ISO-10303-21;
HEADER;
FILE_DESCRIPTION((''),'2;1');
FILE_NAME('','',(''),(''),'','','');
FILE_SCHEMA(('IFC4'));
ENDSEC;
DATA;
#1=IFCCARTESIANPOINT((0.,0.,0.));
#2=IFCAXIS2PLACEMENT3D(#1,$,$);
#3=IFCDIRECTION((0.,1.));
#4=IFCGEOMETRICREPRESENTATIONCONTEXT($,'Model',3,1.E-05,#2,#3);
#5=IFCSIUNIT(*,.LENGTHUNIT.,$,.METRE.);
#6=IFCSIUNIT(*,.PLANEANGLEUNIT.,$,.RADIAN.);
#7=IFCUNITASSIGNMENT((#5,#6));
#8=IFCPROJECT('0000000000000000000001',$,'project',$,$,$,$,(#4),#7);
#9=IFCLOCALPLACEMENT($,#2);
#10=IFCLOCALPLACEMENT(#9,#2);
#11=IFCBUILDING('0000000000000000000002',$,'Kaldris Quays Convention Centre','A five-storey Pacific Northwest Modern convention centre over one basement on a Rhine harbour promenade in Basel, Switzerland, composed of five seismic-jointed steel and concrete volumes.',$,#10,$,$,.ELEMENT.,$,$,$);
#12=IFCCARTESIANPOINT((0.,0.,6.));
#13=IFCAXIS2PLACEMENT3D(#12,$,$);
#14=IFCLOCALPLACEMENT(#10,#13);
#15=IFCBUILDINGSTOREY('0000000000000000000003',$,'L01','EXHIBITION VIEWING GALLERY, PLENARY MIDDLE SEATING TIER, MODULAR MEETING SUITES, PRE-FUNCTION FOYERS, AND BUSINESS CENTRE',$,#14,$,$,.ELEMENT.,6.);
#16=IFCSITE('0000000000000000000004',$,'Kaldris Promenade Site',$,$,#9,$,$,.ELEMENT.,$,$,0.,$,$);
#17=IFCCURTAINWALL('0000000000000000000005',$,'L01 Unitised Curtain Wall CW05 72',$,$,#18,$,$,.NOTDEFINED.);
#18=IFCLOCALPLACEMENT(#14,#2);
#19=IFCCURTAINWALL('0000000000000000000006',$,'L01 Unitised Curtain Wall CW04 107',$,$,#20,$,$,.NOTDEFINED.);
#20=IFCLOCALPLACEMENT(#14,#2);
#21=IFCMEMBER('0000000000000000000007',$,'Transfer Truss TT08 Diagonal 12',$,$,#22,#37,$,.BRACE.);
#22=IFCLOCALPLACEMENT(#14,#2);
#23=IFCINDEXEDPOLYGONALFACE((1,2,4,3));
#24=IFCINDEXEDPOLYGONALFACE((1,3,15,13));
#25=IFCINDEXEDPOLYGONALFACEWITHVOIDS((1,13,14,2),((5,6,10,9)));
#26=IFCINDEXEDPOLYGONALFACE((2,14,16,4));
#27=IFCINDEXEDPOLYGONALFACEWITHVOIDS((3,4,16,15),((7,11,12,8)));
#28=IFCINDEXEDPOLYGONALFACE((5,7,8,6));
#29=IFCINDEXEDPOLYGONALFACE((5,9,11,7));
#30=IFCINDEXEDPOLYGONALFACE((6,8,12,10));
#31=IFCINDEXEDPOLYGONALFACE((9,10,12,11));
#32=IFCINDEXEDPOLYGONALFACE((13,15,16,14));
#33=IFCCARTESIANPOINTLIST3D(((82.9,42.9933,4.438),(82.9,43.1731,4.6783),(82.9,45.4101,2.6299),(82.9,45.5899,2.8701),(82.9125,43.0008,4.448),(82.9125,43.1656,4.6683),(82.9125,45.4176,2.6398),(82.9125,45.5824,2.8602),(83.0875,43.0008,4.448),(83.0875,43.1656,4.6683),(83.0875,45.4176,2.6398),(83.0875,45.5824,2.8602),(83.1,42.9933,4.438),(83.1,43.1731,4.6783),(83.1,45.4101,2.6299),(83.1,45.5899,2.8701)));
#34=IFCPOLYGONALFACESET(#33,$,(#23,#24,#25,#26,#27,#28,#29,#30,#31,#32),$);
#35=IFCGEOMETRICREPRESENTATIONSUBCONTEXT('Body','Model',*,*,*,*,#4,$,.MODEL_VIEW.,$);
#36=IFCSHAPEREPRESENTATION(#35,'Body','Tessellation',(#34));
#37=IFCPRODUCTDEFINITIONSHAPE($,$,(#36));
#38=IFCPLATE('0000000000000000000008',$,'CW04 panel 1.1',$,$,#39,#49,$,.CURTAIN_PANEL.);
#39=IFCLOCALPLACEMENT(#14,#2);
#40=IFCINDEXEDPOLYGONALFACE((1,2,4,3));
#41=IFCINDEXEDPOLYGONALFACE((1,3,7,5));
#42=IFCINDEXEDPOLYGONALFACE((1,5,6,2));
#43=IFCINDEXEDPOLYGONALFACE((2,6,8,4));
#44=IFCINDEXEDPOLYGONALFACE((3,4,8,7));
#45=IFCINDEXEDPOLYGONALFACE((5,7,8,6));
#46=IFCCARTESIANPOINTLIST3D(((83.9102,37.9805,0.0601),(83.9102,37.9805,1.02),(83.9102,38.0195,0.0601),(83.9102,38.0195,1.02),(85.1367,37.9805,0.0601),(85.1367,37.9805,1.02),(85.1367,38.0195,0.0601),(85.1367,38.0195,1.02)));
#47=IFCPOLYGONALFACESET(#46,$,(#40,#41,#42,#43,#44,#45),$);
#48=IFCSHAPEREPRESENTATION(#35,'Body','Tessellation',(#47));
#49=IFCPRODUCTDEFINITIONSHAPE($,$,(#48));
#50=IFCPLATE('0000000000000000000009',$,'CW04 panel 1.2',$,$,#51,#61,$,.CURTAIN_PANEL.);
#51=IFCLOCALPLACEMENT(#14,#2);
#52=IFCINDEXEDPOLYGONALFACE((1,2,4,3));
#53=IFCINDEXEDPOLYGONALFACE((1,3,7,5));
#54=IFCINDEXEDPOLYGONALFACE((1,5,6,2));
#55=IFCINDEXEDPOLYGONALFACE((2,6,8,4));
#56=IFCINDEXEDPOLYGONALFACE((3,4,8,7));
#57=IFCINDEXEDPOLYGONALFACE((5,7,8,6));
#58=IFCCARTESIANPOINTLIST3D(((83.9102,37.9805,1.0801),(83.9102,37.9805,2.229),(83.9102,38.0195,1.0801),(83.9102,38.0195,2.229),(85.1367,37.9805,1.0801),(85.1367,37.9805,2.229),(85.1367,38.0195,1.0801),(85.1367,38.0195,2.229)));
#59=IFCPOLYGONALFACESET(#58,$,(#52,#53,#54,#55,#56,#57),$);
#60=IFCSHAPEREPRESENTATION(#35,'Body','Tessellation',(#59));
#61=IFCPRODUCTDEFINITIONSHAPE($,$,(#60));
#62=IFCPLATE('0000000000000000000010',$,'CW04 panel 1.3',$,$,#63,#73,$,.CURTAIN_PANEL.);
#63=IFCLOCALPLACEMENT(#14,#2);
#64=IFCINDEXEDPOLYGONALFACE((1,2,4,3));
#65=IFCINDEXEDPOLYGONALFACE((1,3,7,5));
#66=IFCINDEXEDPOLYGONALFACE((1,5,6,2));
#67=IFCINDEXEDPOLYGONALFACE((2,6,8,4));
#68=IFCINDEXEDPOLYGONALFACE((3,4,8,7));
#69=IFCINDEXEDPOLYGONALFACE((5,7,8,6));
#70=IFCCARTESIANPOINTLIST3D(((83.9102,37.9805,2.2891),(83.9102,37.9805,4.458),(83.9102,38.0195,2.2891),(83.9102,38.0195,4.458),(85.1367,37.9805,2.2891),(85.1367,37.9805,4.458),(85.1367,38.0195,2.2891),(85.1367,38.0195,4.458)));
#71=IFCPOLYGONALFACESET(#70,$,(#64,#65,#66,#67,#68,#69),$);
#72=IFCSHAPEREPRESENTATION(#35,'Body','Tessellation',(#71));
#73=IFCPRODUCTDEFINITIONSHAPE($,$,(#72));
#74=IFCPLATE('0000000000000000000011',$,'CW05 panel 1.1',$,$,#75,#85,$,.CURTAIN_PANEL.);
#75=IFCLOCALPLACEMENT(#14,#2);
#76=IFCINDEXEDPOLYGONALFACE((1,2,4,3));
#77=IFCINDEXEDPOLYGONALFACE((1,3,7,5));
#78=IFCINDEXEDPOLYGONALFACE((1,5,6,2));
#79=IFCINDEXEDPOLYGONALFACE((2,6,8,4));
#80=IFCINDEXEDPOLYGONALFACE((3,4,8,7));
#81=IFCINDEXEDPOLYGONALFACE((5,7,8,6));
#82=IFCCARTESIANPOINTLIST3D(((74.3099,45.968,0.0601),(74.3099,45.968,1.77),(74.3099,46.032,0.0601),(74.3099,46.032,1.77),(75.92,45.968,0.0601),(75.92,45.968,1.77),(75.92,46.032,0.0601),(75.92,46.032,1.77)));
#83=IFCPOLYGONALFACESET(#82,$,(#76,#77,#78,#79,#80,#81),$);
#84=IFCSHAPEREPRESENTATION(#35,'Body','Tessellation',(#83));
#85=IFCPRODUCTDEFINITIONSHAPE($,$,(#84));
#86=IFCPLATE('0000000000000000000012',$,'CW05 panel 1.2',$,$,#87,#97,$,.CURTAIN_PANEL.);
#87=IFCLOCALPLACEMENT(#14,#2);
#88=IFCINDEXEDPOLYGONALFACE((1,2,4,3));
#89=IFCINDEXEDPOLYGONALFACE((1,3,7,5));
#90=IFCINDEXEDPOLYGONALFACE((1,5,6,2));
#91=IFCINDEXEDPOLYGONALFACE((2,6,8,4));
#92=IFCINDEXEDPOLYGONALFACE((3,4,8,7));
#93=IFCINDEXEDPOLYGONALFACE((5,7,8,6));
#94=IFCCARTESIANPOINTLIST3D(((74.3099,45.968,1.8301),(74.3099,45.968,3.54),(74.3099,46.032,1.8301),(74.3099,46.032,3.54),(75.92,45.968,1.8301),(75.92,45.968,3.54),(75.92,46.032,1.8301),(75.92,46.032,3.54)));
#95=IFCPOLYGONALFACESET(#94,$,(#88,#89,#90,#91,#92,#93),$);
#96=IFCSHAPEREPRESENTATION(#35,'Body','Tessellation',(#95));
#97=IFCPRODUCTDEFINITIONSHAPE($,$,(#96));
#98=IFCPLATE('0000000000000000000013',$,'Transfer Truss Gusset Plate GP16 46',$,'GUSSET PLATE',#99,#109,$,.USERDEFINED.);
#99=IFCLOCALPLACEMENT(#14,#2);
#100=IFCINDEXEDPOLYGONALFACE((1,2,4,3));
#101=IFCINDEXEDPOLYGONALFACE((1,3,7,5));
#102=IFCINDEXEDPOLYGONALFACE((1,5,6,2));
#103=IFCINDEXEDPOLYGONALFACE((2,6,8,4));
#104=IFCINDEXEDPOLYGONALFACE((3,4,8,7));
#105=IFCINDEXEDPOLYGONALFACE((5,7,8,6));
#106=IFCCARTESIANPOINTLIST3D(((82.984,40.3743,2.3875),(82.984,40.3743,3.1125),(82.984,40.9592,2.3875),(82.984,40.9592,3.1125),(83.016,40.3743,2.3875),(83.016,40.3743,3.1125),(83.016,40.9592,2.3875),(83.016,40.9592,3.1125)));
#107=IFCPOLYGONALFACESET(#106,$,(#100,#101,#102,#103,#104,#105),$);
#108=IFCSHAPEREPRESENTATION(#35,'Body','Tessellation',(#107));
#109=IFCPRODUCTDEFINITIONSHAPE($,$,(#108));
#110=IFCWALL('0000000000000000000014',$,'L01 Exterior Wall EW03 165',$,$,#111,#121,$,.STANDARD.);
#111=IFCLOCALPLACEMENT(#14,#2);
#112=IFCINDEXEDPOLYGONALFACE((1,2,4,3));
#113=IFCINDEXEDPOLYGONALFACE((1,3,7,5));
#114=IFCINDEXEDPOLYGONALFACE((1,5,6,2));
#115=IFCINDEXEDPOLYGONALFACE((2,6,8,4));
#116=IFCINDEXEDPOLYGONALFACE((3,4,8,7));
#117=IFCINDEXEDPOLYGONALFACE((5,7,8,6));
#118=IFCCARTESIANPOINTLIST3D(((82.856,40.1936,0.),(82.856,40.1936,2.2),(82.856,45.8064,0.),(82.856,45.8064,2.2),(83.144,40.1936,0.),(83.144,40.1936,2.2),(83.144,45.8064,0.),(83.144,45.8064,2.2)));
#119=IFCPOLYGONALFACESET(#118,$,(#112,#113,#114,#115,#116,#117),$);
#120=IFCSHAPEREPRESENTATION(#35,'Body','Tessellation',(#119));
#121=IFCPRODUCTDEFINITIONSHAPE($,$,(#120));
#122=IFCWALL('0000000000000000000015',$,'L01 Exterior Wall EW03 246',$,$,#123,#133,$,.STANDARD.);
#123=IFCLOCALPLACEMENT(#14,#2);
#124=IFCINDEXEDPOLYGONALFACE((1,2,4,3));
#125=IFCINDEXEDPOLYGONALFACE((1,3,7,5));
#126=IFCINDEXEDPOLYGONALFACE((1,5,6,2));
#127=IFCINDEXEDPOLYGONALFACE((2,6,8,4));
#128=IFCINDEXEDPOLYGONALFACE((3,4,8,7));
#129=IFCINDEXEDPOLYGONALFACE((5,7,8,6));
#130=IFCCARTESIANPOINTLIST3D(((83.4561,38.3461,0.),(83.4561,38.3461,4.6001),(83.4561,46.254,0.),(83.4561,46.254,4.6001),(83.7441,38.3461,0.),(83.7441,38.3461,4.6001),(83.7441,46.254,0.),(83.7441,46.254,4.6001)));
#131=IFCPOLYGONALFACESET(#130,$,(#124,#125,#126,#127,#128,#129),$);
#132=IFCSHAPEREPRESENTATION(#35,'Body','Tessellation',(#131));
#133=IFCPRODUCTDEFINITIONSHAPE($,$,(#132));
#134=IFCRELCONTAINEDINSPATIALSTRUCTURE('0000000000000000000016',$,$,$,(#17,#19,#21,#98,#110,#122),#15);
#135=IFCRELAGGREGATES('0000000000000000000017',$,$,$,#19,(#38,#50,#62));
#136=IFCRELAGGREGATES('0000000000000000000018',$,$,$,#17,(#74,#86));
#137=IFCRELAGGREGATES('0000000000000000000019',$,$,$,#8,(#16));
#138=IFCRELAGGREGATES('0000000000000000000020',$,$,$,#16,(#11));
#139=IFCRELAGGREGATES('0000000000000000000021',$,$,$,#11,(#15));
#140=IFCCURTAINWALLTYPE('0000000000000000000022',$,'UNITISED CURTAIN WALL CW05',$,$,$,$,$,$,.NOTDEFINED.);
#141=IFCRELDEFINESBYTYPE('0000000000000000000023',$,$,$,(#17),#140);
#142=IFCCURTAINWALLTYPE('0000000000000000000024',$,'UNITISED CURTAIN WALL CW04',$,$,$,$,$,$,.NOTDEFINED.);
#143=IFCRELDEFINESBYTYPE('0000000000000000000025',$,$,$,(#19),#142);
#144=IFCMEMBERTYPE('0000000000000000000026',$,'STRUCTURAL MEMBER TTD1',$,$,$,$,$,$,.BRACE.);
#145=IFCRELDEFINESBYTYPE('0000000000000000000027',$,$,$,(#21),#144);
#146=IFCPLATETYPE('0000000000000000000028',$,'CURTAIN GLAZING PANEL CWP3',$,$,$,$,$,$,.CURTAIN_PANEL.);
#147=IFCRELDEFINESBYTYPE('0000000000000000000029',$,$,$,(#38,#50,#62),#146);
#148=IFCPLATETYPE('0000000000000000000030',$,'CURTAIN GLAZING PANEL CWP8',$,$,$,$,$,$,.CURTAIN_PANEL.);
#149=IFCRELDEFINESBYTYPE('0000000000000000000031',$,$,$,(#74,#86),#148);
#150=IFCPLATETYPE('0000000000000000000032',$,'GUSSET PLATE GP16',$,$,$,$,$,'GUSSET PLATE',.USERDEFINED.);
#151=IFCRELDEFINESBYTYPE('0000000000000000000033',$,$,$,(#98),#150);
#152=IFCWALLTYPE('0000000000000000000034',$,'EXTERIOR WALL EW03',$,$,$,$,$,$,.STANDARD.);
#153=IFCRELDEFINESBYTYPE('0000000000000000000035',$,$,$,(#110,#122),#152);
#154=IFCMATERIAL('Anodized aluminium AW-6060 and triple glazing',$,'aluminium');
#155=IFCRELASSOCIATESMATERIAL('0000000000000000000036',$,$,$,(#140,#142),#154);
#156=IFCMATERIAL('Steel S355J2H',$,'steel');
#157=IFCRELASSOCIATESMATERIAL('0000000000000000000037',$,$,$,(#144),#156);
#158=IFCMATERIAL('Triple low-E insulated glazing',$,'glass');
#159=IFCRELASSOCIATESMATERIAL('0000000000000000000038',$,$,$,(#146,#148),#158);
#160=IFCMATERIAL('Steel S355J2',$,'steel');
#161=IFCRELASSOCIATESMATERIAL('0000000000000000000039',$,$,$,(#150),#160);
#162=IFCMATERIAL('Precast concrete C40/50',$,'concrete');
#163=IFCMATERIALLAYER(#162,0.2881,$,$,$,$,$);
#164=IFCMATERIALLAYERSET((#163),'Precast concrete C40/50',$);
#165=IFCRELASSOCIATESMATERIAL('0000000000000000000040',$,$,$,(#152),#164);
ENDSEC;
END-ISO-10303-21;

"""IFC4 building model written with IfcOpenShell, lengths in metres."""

from ifc_helpers import new_model, si_unit, direction, frame, frame_2d, origin, origin_2d, place, context, subcontext, project, spatial, rectangle, hollow_rectangle, extrude, material, layer, layer_set, material_profile, profile_set, type_object, element, aggregate, save


model = new_model("IFC4")

# Units and contexts
model_context = context("Model", 3, precision=1e-05, world=origin(), true_north=direction((0.0, 1.0)))
body_context = subcontext(model_context, "Body", "Model", "MODEL_VIEW")
ifc_project = project(units=[si_unit("LENGTHUNIT", "METRE"), si_unit("PLANEANGLEUNIT", "RADIAN")], contexts=[model_context])

# Site, building, storey
site_placement = place(None, origin())
site = spatial("IfcSite", under=ifc_project, at=site_placement, Name="Kaldris Promenade Site", CompositionType="ELEMENT", RefElevation=0.0)
building_placement = place(site_placement, origin())
building = spatial("IfcBuilding", under=site, at=building_placement, Name="Kaldris Quays Convention Centre", Description="A five-storey Pacific Northwest Modern convention centre over one basement on a Rhine harbour promenade in Basel, Switzerland, composed of five seismic-jointed steel and concrete volumes.", CompositionType="ELEMENT")
storey_placement = place(building_placement, frame((0.0, 0.0, 6.0)))
storey = spatial("IfcBuildingStorey", under=building, at=storey_placement, Name="L01", Description="EXHIBITION VIEWING GALLERY, PLENARY MIDDLE SEATING TIER, MODULAR MEETING SUITES, PRE-FUNCTION FOYERS, AND BUSINESS CENTRE", CompositionType="ELEMENT", Elevation=6.0)

# Curtain wall
ifc_material_1 = material(Name="Anodized aluminium AW-6060 and triple glazing", Category="aluminium")
curtain_wall_type_1 = type_object("IfcCurtainWallType", Name="UNITISED CURTAIN WALL CW05", PredefinedType="NOTDEFINED", material=ifc_material_1)
curtain_wall_1_placement = place(storey_placement, origin())
curtain_wall_1 = element("IfcCurtainWall", 1, at=curtain_wall_1_placement, inside=storey, type_object=curtain_wall_type_1, Name="L01 Unitised Curtain Wall CW05 72", PredefinedType="NOTDEFINED")

# Curtain wall
curtain_wall_type_2 = type_object("IfcCurtainWallType", Name="UNITISED CURTAIN WALL CW04", PredefinedType="NOTDEFINED", material=ifc_material_1)
curtain_wall_2_placement = place(storey_placement, origin())
curtain_wall_2 = element("IfcCurtainWall", 2, at=curtain_wall_2_placement, inside=storey, type_object=curtain_wall_type_2, Name="L01 Unitised Curtain Wall CW04 107", PredefinedType="NOTDEFINED")

# Shared definitions
ifc_material_2 = material(Name="Steel S355J2", Category="steel")

# Member
ifc_material_3 = material(Name="Steel S355J2H", Category="steel")
ifc_material_profile_1 = material_profile(ifc_material_3, hollow_rectangle(XDim=0.2, YDim=0.3, WallThickness=0.0125, at=origin_2d()), Name="RHS 300x200x12.5")
ifc_profile_set_1 = profile_set([ifc_material_profile_1], Name="Steel S355J2H")
member_type_1 = type_object("IfcMemberType", Name="STRUCTURAL MEMBER TTD1", PredefinedType="BRACE", material=ifc_profile_set_1)
member_1_placement = place(storey_placement, frame((83.0, 45.5, 2.75), z_axis=(0.0, -0.800708, 0.599055), x_axis=(1.0, 0.0, 0.0)))
element("IfcMember", 3, at=member_1_placement, inside=storey, type_object=member_type_1, Name="Transfer Truss TT08 Diagonal 12", PredefinedType="BRACE", context=body_context, shape_type="SweptSolid", body=[
    extrude(hollow_rectangle(XDim=0.2, YDim=0.3, WallThickness=0.0125, at=origin_2d()), origin(), (0.0, 0.0, 1.0), 3.0183),
])

# Plates
ifc_material_4 = material(Name="Triple low-E insulated glazing", Category="glass")
plate_type_1 = type_object("IfcPlateType", Name="CURTAIN GLAZING PANEL CWP3", PredefinedType="CURTAIN_PANEL", material=ifc_material_4)
plate_1_placement = place(storey_placement, frame((84.5234, 38.0, 0.0601), z_axis=(0.0, 0.0, 1.0), x_axis=(1.0, 0.0, 0.0)))
plate_1 = element("IfcPlate", 4, at=plate_1_placement, type_object=plate_type_1, Name="CW04 panel 1.1", PredefinedType="CURTAIN_PANEL", context=body_context, shape_type="SweptSolid", body=[
    extrude(rectangle(XDim=1.2266, YDim=0.0391, at=origin_2d()), origin(), (0.0, 0.0, 1.0), 0.96),
])
plate_2_placement = place(storey_placement, frame((84.5234, 38.0, 1.0801), z_axis=(0.0, 0.0, 1.0), x_axis=(1.0, 0.0, 0.0)))
plate_2 = element("IfcPlate", 5, at=plate_2_placement, type_object=plate_type_1, Name="CW04 panel 1.2", PredefinedType="CURTAIN_PANEL", context=body_context, shape_type="SweptSolid", body=[
    extrude(rectangle(XDim=1.2266, YDim=0.0391, at=origin_2d()), origin(), (0.0, 0.0, 1.0), 1.1489),
])
plate_3_placement = place(storey_placement, frame((84.5234, 38.0, 2.2891), z_axis=(0.0, 0.0, 1.0), x_axis=(1.0, 0.0, 0.0)))
plate_3 = element("IfcPlate", 6, at=plate_3_placement, type_object=plate_type_1, Name="CW04 panel 1.3", PredefinedType="CURTAIN_PANEL", context=body_context, shape_type="SweptSolid", body=[
    extrude(rectangle(XDim=1.2266, YDim=0.0391, at=origin_2d()), origin(), (0.0, 0.0, 1.0), 2.1689),
])
aggregate(curtain_wall_2, [plate_1, plate_2, plate_3])
plate_type_2 = type_object("IfcPlateType", Name="CURTAIN GLAZING PANEL CWP8", PredefinedType="CURTAIN_PANEL", material=ifc_material_4)
plate_4_placement = place(storey_placement, frame((75.115, 46.0, 0.0601), z_axis=(0.0, 0.0, 1.0), x_axis=(1.0, 0.0, 0.0)))
plate_4 = element("IfcPlate", 7, at=plate_4_placement, type_object=plate_type_2, Name="CW05 panel 1.1", PredefinedType="CURTAIN_PANEL", context=body_context, shape_type="SweptSolid", body=[
    extrude(rectangle(XDim=1.6101, YDim=0.064, at=origin_2d()), origin(), (0.0, 0.0, 1.0), 1.71),
])
plate_5_placement = place(storey_placement, frame((75.115, 46.0, 1.8301), z_axis=(0.0, 0.0, 1.0), x_axis=(1.0, 0.0, 0.0)))
plate_5 = element("IfcPlate", 8, at=plate_5_placement, type_object=plate_type_2, Name="CW05 panel 1.2", PredefinedType="CURTAIN_PANEL", context=body_context, shape_type="SweptSolid", body=[
    extrude(rectangle(XDim=1.6101, YDim=0.064, at=origin_2d()), origin(), (0.0, 0.0, 1.0), 1.71),
])
aggregate(curtain_wall_1, [plate_4, plate_5])
plate_type_3 = type_object("IfcPlateType", Name="GUSSET PLATE GP16", ElementType="GUSSET PLATE", PredefinedType="USERDEFINED", material=ifc_material_2)
plate_6_placement = place(storey_placement, frame((83.0, 40.6667, 2.3875), z_axis=(0.0, 0.0, 1.0), x_axis=(1.0, 0.0, 0.0)))
element("IfcPlate", 9, at=plate_6_placement, inside=storey, type_object=plate_type_3, Name="Transfer Truss Gusset Plate GP16 46", ObjectType="GUSSET PLATE", PredefinedType="USERDEFINED", context=body_context, shape_type="SweptSolid", body=[
    extrude(rectangle(XDim=0.032, YDim=0.585, at=origin_2d()), origin(), (0.0, 0.0, 1.0), 0.7251),
])

# Walls
ifc_material_5 = material(Name="Precast concrete C40/50", Category="concrete")
ifc_layer = layer(ifc_material_5, 0.2881)
ifc_layer_set = layer_set([ifc_layer], Name="Precast concrete C40/50")
wall_type = type_object("IfcWallType", Name="EXTERIOR WALL EW03", PredefinedType="STANDARD", material=ifc_layer_set)
wall_1_placement = place(storey_placement, frame((83.0, 40.1936, 0.0), z_axis=(0.0, 0.0, 1.0), x_axis=(0.0, 1.0, 0.0)))
element("IfcWall", 10, at=wall_1_placement, inside=storey, type_object=wall_type, Name="L01 Exterior Wall EW03 165", PredefinedType="STANDARD", context=body_context, shape_type="SweptSolid", body=[
    extrude(rectangle(XDim=5.6128, YDim=0.2881, at=frame_2d((2.8064, 0.0))), origin(), (0.0, 0.0, 1.0), 2.2),
])
wall_2_placement = place(storey_placement, frame((83.6001, 38.3459, 0.0), z_axis=(0.0, 0.0, 1.0), x_axis=(0.0, 1.0, 0.0)))
element("IfcWall", 11, at=wall_2_placement, inside=storey, type_object=wall_type, Name="L01 Exterior Wall EW03 246", PredefinedType="STANDARD", context=body_context, shape_type="SweptSolid", body=[
    extrude(rectangle(XDim=7.908, YDim=0.2881, at=frame_2d((3.9541, 0.0))), origin(), (0.0, 0.0, 1.0), 4.6001),
])

save(model, "model.ifc")
